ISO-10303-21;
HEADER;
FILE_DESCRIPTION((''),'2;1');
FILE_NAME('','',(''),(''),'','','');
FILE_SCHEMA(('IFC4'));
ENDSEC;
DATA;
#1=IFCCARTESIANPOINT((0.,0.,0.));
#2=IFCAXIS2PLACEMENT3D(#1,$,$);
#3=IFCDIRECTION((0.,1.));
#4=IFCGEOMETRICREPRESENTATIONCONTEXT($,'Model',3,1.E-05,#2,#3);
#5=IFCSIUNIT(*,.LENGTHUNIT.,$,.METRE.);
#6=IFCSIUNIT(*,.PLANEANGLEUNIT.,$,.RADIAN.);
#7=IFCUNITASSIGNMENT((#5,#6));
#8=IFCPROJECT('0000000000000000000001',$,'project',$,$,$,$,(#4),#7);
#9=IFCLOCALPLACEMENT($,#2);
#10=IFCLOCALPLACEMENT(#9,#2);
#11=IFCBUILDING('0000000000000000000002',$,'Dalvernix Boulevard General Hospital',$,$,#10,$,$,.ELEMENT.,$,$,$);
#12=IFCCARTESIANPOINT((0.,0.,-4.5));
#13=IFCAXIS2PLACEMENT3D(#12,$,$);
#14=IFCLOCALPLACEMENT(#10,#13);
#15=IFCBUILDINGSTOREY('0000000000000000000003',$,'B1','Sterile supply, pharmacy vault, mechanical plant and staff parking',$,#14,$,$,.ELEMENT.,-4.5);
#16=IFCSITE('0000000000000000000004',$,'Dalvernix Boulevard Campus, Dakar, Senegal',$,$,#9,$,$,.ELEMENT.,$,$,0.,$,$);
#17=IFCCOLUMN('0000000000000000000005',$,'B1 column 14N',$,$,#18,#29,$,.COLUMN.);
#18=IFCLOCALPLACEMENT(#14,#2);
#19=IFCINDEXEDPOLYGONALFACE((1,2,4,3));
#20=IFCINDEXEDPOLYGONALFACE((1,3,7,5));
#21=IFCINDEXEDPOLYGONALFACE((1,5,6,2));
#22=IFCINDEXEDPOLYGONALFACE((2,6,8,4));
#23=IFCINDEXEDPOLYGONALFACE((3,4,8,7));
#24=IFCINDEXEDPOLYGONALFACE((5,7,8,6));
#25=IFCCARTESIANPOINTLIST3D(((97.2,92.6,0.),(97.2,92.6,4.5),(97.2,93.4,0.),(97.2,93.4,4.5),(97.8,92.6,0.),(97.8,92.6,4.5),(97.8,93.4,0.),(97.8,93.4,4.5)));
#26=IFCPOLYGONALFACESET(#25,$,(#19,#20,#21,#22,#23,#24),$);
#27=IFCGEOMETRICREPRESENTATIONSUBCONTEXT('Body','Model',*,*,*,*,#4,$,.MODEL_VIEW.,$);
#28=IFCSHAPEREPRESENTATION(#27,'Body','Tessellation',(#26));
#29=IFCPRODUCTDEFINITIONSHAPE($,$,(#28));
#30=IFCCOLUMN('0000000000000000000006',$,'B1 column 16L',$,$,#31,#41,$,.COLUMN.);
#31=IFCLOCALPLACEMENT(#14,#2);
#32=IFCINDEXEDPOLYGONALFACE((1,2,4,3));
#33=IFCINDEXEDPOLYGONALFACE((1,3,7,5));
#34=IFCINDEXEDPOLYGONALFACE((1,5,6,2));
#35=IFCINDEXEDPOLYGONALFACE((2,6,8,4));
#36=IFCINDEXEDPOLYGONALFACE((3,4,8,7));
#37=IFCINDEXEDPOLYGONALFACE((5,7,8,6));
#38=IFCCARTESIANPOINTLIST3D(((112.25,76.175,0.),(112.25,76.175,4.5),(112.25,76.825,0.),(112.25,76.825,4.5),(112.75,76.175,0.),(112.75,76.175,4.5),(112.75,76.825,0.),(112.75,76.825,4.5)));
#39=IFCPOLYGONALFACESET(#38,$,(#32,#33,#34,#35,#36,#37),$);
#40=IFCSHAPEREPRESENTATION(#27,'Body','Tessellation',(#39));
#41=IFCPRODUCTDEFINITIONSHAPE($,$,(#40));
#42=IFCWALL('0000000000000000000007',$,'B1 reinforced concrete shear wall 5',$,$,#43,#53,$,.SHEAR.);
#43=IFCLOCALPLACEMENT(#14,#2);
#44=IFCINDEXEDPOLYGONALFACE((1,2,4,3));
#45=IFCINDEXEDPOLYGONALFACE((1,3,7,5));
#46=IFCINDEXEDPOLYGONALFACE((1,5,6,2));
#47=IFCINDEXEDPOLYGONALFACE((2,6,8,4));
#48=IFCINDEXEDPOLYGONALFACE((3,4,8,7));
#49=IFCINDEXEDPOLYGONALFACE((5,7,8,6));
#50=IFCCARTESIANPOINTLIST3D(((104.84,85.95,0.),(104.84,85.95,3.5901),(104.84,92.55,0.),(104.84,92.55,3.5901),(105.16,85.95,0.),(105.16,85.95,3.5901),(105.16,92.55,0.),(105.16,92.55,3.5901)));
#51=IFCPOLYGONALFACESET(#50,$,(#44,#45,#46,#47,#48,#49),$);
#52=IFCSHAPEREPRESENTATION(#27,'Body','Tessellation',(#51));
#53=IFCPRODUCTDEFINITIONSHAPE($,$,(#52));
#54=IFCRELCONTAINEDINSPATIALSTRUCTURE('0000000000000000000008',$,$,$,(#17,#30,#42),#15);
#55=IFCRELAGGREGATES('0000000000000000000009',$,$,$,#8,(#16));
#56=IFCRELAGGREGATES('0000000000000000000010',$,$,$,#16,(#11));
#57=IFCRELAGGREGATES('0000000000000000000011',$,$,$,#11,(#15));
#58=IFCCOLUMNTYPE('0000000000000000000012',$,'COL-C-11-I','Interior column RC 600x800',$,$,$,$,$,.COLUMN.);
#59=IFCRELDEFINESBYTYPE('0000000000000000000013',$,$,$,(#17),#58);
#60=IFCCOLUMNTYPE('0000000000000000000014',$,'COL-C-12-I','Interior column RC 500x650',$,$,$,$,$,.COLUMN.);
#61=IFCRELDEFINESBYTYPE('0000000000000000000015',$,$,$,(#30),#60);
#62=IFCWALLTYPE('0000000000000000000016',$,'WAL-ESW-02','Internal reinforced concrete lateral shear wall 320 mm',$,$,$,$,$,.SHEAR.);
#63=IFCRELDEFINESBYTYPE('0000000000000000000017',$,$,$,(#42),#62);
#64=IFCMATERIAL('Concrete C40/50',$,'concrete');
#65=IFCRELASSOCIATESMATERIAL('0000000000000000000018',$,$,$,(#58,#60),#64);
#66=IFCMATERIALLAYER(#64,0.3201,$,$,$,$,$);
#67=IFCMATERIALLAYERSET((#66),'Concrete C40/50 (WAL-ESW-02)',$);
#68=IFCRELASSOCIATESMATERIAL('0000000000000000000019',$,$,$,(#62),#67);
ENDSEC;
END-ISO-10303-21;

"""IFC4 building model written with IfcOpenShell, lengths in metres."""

from ifc_helpers import new_model, si_unit, direction, frame, frame_2d, origin, origin_2d, place, context, subcontext, project, spatial, rectangle, extrude, material, layer, layer_set, material_profile, profile_set, type_object, element, save


model = new_model("IFC4")

# Units and contexts
model_context = context("Model", 3, precision=1e-05, world=origin(), true_north=direction((0.0, 1.0)))
body_context = subcontext(model_context, "Body", "Model", "MODEL_VIEW")
ifc_project = project(units=[si_unit("LENGTHUNIT", "METRE"), si_unit("PLANEANGLEUNIT", "RADIAN")], contexts=[model_context])

# Site, building, storey
site_placement = place(None, origin())
site = spatial("IfcSite", under=ifc_project, at=site_placement, Name="Dalvernix Boulevard Campus, Dakar, Senegal", CompositionType="ELEMENT", RefElevation=0.0)
building_placement = place(site_placement, origin())
building = spatial("IfcBuilding", under=site, at=building_placement, Name="Dalvernix Boulevard General Hospital", CompositionType="ELEMENT")
storey_placement = place(building_placement, frame((0.0, 0.0, -4.5)))
storey = spatial("IfcBuildingStorey", under=building, at=storey_placement, Name="B1", Description="Sterile supply, pharmacy vault, mechanical plant and staff parking", CompositionType="ELEMENT", Elevation=-4.5)

# Shared definitions
ifc_material_1 = material(Name="Concrete C40/50", Category="concrete")

# Columns
ifc_material_profile_1 = material_profile(ifc_material_1, rectangle(XDim=0.6001, YDim=0.8, at=origin_2d()), Name="RC 600x800")
ifc_profile_set_1 = profile_set([ifc_material_profile_1], Name="Concrete C40/50")
column_type_1 = type_object("IfcColumnType", Name="COL-C-11-I", Description="Interior column RC 600x800", PredefinedType="COLUMN", material=ifc_profile_set_1)
column_1_placement = place(storey_placement, frame((97.5, 93.0, 0.0), z_axis=(0.0, 0.0, 1.0), x_axis=(1.0, 0.0, 0.0)))
element("IfcColumn", 1, at=column_1_placement, inside=storey, type_object=column_type_1, Name="B1 column 14N", PredefinedType="COLUMN", context=body_context, shape_type="SweptSolid", body=[
    extrude(rectangle(XDim=0.6001, YDim=0.8, at=origin_2d()), origin(), (0.0, 0.0, 1.0), 4.5),
])
ifc_material_profile_2 = material_profile(ifc_material_1, rectangle(XDim=0.5, YDim=0.6499, at=origin_2d()), Name="RC 500x650")
ifc_profile_set_2 = profile_set([ifc_material_profile_2], Name="Concrete C40/50")
column_type_2 = type_object("IfcColumnType", Name="COL-C-12-I", Description="Interior column RC 500x650", PredefinedType="COLUMN", material=ifc_profile_set_2)
column_2_placement = place(storey_placement, frame((112.5, 76.5, 0.0), z_axis=(0.0, 0.0, 1.0), x_axis=(1.0, 0.0, 0.0)))
element("IfcColumn", 2, at=column_2_placement, inside=storey, type_object=column_type_2, Name="B1 column 16L", PredefinedType="COLUMN", context=body_context, shape_type="SweptSolid", body=[
    extrude(rectangle(XDim=0.5, YDim=0.6499, at=origin_2d()), origin(), (0.0, 0.0, 1.0), 4.5),
])

# Wall
ifc_layer = layer(ifc_material_1, 0.3201)
ifc_layer_set = layer_set([ifc_layer], Name="Concrete C40/50 (WAL-ESW-02)")
wall_type = type_object("IfcWallType", Name="WAL-ESW-02", Description="Internal reinforced concrete lateral shear wall 320 mm", PredefinedType="SHEAR", material=ifc_layer_set)
wall_placement = place(storey_placement, frame((105.0, 85.95, 0.0), z_axis=(0.0, 0.0, 1.0), x_axis=(0.0, 1.0, 0.0)))
element("IfcWall", 3, at=wall_placement, inside=storey, type_object=wall_type, Name="B1 reinforced concrete shear wall 5", PredefinedType="SHEAR", context=body_context, shape_type="SweptSolid", body=[
    extrude(rectangle(XDim=6.6001, YDim=0.3201, at=frame_2d((3.3, 0.0))), origin(), (0.0, 0.0, 1.0), 3.5901),
])

save(model, "model.ifc")
